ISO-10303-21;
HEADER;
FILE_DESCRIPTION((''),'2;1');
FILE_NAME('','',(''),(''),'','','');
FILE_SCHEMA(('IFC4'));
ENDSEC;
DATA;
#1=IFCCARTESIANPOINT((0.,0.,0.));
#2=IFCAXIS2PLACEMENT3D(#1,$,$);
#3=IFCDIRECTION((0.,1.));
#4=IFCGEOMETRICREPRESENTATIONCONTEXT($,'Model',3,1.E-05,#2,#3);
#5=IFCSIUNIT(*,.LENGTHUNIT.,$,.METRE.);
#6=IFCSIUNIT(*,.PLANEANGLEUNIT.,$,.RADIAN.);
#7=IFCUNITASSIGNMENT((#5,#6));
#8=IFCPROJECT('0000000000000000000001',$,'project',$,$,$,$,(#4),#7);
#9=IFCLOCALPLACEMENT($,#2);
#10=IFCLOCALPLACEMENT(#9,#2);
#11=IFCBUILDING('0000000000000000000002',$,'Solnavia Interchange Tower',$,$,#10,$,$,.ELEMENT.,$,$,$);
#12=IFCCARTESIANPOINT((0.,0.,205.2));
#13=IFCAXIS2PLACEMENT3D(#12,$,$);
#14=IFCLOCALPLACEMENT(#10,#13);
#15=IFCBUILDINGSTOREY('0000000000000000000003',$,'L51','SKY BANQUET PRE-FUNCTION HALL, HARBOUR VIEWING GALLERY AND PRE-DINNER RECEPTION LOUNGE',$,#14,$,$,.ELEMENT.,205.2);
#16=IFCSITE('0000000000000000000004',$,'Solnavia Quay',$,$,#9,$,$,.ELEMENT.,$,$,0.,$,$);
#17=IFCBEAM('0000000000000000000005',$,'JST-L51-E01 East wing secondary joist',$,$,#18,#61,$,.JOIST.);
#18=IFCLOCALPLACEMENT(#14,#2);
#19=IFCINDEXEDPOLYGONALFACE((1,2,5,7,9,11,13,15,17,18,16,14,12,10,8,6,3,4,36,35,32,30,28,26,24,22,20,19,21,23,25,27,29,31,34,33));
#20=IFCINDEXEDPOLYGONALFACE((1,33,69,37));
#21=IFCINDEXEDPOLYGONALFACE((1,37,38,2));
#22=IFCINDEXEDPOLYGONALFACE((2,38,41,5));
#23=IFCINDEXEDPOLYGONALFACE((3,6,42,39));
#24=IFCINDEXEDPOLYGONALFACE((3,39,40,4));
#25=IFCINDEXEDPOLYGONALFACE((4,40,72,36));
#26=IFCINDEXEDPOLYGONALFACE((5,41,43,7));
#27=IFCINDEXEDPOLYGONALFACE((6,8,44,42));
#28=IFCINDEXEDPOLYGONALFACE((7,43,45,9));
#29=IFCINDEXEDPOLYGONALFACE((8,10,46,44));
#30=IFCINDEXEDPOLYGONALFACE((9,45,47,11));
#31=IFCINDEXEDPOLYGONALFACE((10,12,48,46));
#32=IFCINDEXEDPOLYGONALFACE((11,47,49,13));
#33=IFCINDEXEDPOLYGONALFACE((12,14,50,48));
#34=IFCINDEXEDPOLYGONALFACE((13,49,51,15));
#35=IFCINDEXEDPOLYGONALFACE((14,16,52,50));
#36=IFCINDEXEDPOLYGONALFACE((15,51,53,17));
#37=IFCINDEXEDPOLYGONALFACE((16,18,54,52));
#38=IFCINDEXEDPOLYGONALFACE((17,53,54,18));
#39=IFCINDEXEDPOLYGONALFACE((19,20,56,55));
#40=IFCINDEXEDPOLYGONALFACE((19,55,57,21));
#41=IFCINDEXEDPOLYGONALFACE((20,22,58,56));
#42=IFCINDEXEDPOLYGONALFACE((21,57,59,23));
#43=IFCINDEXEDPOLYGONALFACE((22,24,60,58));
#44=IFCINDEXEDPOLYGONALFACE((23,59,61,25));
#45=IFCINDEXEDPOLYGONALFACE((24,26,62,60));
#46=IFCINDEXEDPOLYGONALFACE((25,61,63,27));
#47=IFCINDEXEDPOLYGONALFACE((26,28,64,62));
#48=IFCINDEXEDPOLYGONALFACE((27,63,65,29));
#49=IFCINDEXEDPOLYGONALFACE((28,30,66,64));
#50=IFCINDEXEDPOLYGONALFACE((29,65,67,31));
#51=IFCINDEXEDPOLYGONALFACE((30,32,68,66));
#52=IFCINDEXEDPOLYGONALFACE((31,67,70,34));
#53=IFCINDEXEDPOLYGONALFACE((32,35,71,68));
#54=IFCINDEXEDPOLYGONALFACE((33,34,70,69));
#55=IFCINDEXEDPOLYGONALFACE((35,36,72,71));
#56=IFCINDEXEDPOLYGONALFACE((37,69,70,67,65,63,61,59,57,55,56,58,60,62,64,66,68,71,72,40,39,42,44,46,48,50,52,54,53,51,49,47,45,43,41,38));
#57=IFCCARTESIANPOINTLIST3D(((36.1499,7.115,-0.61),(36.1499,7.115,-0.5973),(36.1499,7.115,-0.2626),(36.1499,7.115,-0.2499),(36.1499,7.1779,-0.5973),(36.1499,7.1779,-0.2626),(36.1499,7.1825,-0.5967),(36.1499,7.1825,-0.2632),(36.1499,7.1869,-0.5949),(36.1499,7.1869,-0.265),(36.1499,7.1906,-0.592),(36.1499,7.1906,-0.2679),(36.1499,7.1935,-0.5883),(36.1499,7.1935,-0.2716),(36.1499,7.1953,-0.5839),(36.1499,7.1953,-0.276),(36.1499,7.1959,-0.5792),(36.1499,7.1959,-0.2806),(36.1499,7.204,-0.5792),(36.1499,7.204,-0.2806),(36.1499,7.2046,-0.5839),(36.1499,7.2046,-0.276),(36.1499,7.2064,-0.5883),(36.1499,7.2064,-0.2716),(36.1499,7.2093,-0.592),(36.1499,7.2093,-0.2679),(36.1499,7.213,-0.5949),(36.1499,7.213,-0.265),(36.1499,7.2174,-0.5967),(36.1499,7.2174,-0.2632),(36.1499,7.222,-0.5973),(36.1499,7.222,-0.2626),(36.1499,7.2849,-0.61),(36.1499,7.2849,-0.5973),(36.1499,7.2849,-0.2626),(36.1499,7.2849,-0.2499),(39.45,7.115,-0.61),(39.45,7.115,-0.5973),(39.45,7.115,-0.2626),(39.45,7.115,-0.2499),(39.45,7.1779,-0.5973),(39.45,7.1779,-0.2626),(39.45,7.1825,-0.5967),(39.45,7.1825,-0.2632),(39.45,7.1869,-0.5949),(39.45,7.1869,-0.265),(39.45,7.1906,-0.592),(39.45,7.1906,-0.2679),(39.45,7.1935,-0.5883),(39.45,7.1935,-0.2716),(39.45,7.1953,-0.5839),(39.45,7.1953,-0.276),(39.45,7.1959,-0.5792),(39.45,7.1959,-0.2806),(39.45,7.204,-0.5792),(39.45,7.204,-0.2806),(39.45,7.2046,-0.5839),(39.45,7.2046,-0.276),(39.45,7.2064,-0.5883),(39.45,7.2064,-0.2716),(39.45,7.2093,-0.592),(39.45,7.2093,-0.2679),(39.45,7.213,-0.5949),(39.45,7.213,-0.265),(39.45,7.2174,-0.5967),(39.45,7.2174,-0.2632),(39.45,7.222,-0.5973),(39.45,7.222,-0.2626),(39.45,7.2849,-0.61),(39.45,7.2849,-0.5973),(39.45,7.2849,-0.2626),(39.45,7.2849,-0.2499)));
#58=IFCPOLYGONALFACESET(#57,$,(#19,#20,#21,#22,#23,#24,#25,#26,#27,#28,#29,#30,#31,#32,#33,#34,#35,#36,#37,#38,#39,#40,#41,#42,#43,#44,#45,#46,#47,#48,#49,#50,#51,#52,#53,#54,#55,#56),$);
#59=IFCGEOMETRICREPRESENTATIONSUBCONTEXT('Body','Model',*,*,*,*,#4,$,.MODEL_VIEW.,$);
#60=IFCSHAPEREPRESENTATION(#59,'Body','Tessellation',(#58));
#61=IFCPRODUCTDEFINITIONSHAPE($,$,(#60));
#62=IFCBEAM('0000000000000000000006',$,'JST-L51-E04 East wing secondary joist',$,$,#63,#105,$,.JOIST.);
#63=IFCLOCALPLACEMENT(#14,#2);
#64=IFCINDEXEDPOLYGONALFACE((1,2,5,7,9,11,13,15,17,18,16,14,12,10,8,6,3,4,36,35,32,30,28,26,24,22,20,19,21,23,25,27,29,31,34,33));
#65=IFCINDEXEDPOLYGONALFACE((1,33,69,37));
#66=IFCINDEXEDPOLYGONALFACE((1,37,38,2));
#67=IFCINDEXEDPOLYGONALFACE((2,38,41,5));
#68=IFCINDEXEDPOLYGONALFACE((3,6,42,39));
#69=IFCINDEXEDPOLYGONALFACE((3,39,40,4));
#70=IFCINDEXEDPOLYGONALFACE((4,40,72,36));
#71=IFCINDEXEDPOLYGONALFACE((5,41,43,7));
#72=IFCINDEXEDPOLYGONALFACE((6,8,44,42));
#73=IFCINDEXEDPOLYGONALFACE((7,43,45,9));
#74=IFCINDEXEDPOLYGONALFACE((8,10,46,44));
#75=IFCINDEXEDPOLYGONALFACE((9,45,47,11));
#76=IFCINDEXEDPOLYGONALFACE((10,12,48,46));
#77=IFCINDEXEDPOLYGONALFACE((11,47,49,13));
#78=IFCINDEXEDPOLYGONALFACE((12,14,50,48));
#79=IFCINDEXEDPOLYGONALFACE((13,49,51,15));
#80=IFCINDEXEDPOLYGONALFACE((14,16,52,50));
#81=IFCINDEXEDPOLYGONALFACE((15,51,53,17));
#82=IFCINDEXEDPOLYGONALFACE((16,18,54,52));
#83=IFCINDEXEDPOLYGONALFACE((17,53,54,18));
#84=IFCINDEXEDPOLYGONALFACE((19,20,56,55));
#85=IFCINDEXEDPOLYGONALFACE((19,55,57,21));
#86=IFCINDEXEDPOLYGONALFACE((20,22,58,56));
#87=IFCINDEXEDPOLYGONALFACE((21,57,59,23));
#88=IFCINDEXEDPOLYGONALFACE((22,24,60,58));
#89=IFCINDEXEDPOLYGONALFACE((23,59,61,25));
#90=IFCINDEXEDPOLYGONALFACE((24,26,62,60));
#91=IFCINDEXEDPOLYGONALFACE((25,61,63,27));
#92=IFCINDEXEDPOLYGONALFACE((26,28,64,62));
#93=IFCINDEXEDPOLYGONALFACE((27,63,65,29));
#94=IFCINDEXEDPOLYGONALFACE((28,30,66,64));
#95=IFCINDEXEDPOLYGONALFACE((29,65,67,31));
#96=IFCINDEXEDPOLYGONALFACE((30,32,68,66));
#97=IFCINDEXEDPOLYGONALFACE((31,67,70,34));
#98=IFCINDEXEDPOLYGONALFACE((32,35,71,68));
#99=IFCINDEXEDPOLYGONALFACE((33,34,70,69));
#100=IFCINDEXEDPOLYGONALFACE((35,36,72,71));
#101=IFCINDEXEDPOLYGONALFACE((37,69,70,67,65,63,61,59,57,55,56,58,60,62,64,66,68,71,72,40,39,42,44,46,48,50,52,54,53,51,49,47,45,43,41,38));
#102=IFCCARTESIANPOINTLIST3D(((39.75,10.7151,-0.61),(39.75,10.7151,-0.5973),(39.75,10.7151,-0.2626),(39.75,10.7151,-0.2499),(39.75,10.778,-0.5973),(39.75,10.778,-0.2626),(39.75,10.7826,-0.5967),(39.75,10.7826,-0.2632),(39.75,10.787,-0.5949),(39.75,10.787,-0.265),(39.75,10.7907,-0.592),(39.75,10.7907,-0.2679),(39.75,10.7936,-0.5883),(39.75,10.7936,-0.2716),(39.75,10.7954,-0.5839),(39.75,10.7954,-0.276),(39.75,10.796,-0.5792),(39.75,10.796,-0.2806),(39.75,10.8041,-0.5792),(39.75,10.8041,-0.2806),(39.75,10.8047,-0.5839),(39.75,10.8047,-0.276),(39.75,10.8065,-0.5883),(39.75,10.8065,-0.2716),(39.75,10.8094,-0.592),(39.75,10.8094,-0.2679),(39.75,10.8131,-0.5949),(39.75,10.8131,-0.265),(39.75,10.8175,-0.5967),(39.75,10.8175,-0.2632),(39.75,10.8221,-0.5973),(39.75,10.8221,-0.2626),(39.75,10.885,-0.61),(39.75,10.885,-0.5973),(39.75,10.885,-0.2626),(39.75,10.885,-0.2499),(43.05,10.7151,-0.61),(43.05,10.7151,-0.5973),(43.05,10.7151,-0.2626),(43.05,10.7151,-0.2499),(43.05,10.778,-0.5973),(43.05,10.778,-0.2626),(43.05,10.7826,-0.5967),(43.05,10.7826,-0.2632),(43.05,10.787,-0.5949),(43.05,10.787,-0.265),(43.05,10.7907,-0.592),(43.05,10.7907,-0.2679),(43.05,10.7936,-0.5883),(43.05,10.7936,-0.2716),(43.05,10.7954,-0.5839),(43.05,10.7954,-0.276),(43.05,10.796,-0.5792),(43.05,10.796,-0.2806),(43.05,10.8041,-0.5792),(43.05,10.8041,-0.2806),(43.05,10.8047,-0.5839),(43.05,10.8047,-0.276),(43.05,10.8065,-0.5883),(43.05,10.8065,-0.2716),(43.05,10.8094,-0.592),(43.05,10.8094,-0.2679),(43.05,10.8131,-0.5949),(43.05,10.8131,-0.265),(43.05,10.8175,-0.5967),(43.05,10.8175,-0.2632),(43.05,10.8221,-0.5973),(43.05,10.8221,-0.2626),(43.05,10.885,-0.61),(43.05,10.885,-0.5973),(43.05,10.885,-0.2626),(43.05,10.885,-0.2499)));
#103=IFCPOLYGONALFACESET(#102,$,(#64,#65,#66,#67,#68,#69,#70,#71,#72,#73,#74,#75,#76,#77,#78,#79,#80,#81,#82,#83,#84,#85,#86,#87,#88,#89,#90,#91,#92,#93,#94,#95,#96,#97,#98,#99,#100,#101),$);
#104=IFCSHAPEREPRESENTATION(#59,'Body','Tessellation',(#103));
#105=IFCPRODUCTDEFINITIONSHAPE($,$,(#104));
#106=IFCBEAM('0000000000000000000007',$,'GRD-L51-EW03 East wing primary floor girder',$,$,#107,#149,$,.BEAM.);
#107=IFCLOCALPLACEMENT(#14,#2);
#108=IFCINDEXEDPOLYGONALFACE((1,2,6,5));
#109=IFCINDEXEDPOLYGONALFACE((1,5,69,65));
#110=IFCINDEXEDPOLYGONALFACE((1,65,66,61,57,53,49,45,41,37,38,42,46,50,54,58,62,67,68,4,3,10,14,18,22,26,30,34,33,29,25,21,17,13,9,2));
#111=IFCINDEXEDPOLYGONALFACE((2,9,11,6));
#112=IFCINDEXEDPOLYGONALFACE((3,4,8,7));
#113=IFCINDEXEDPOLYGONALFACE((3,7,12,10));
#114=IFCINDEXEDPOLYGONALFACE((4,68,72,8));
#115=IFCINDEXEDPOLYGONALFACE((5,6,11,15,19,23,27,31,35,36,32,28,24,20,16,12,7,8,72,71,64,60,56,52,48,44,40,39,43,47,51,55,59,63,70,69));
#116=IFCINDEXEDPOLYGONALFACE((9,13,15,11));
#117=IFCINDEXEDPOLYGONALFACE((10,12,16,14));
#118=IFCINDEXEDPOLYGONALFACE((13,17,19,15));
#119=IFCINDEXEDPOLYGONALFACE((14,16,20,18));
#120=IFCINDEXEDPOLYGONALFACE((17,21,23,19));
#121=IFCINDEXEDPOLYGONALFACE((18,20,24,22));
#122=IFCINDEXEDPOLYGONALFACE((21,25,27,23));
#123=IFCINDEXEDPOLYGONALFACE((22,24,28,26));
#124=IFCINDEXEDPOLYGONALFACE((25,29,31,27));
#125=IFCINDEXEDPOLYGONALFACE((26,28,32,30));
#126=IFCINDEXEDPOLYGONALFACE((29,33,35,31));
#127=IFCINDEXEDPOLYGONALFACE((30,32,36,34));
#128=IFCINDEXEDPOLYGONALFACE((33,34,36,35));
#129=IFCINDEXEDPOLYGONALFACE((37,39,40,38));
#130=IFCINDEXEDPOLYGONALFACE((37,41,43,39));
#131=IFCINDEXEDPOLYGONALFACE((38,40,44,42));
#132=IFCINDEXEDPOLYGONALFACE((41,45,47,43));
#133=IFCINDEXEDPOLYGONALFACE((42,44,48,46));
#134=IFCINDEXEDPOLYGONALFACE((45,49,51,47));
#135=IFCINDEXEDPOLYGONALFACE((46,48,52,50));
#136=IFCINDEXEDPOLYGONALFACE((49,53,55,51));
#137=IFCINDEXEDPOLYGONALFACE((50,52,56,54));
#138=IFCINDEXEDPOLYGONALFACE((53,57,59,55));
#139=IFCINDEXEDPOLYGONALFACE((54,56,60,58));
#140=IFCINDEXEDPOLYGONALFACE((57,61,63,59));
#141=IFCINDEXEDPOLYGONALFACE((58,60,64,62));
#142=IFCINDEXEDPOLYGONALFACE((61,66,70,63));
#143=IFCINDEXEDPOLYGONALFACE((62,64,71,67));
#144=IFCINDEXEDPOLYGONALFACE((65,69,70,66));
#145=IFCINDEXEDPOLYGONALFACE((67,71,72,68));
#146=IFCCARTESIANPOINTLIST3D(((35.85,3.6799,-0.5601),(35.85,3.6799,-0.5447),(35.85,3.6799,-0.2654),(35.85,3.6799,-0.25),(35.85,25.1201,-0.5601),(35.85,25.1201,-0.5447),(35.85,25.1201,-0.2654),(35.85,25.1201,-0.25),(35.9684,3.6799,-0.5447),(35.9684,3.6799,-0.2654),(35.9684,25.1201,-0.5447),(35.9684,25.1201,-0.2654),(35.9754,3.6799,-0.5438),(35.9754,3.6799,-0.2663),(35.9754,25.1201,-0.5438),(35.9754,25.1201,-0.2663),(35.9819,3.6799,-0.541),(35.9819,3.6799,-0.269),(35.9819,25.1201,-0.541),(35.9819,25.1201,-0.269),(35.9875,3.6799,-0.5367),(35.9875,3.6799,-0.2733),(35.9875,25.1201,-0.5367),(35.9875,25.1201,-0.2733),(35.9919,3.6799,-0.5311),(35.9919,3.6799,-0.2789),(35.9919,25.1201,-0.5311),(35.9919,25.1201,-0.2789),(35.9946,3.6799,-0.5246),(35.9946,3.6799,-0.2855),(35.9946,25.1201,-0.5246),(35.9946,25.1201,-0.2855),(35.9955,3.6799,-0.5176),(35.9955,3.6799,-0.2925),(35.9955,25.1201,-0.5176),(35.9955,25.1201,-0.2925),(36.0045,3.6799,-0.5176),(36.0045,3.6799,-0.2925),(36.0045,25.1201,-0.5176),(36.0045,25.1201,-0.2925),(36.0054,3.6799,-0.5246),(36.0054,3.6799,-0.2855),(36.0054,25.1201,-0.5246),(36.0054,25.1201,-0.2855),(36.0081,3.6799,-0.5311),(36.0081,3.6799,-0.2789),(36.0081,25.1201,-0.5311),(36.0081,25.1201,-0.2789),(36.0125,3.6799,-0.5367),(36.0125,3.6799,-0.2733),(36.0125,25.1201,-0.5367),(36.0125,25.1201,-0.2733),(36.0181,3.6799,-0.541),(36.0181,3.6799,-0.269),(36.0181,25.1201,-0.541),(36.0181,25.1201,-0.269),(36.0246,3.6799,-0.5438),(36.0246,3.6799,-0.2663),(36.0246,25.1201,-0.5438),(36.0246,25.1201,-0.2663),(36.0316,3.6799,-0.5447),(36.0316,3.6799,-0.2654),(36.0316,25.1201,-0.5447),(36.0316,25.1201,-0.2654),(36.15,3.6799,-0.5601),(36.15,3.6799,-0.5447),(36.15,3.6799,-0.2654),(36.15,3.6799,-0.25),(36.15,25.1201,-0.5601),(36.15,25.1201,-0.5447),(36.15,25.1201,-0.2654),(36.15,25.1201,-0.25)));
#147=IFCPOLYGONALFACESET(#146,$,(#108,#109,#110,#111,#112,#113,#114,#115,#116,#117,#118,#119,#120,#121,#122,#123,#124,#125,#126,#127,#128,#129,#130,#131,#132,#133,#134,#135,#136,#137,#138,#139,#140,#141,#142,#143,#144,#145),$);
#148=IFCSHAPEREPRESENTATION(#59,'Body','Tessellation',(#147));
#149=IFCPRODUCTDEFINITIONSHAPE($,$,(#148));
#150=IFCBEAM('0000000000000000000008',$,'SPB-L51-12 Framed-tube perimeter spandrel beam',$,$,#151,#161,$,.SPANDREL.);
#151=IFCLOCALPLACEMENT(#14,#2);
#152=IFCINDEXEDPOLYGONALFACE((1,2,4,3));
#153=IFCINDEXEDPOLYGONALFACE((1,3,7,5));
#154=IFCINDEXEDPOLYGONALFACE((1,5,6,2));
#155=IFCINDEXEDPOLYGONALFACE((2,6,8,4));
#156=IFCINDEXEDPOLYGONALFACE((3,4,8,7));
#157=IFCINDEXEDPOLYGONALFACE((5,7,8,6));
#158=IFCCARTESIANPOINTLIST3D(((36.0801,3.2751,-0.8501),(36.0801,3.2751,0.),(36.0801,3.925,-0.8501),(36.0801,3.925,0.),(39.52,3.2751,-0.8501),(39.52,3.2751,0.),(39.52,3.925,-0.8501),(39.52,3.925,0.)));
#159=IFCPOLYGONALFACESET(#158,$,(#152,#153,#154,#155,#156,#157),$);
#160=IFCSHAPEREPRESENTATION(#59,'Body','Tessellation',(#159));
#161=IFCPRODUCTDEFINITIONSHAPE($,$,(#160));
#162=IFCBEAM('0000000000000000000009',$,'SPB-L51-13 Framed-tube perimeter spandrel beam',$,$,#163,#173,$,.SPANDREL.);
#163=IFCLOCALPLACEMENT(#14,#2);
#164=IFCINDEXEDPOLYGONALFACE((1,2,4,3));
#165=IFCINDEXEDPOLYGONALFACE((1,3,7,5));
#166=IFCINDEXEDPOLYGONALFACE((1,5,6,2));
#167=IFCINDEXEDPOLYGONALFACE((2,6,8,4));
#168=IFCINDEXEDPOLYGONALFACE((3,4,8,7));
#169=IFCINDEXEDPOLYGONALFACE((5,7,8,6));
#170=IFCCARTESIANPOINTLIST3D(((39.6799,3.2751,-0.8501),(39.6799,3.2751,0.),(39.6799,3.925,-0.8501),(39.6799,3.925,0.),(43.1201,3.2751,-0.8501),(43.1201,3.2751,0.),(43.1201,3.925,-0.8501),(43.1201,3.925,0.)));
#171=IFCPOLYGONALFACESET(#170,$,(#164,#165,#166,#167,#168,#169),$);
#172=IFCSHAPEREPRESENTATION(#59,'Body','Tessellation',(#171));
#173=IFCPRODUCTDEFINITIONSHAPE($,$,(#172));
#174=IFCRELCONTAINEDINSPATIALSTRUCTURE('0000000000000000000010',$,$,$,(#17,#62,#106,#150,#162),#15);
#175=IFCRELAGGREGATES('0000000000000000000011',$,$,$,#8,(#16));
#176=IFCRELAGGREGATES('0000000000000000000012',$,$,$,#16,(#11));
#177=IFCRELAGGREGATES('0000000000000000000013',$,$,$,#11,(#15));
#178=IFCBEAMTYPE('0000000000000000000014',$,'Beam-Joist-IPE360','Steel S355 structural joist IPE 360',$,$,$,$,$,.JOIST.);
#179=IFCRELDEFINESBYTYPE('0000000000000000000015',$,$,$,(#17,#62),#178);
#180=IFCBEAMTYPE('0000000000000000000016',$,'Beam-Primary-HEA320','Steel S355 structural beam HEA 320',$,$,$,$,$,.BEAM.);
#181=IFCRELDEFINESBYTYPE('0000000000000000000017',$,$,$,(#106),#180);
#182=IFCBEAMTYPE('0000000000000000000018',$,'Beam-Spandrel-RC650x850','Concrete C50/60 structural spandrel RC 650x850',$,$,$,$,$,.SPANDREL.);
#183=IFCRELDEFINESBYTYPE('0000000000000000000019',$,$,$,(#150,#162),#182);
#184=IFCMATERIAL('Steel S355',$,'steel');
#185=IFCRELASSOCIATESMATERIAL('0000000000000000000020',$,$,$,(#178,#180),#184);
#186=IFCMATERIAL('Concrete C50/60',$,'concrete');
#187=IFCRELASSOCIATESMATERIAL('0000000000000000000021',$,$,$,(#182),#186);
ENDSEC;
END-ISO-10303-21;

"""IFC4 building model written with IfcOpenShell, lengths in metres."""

from ifc_helpers import new_model, si_unit, direction, frame, origin, origin_2d, place, context, subcontext, project, spatial, rectangle, i_section, extrude, material, material_profile, profile_set, type_object, element, save


model = new_model("IFC4")

# Units and contexts
model_context = context("Model", 3, precision=1e-05, world=origin(), true_north=direction((0.0, 1.0)))
body_context = subcontext(model_context, "Body", "Model", "MODEL_VIEW")
ifc_project = project(units=[si_unit("LENGTHUNIT", "METRE"), si_unit("PLANEANGLEUNIT", "RADIAN")], contexts=[model_context])

# Site, building, storey
site_placement = place(None, origin())
site = spatial("IfcSite", under=ifc_project, at=site_placement, Name="Solnavia Quay", CompositionType="ELEMENT", RefElevation=0.0)
building_placement = place(site_placement, origin())
building = spatial("IfcBuilding", under=site, at=building_placement, Name="Solnavia Interchange Tower", CompositionType="ELEMENT")
storey_placement = place(building_placement, frame((0.0, 0.0, 205.2)))
storey = spatial("IfcBuildingStorey", under=building, at=storey_placement, Name="L51", Description="SKY BANQUET PRE-FUNCTION HALL, HARBOUR VIEWING GALLERY AND PRE-DINNER RECEPTION LOUNGE", CompositionType="ELEMENT", Elevation=205.2)

# Shared definitions
ifc_material_1 = material(Name="Concrete C50/60", Category="concrete")

# Beams
ifc_material_2 = material(Name="Steel S355", Category="steel")
ifc_material_profile_1 = material_profile(ifc_material_2, i_section(OverallWidth=0.1699, OverallDepth=0.3601, WebThickness=0.0081, FlangeThickness=0.0127, FilletRadius=0.0181, at=origin_2d()), Name="IPE 360")
ifc_profile_set_1 = profile_set([ifc_material_profile_1], Name="Steel S355")
beam_type_1 = type_object("IfcBeamType", Name="Beam-Joist-IPE360", Description="Steel S355 structural joist IPE 360", PredefinedType="JOIST", material=ifc_profile_set_1)
for number, where, z_axis, x_axis, name in (
    (1, (36.1499, 7.2, -0.4299), (1.0, 0.0, 0.0), (0.0, 1.0, 0.0), "JST-L51-E01 East wing secondary joist"),
    (2, (39.75, 10.8, -0.4299), (1.0, 0.0, 0.0), (0.0, 1.0, 0.0), "JST-L51-E04 East wing secondary joist"),
):
    element("IfcBeam", number, at=place(storey_placement, frame(where, z_axis=z_axis, x_axis=x_axis)), inside=storey, type_object=beam_type_1, Name=name, PredefinedType="JOIST", context=body_context, shape_type="SweptSolid", body=[
        extrude(i_section(OverallWidth=0.1699, OverallDepth=0.3601, WebThickness=0.0081, FlangeThickness=0.0127, FilletRadius=0.0181, at=origin_2d()), origin(), (0.0, 0.0, 1.0), 3.3),
    ])
ifc_material_profile_2 = material_profile(ifc_material_2, i_section(OverallWidth=0.3, OverallDepth=0.3101, WebThickness=0.009, FlangeThickness=0.0154, FilletRadius=0.0271, at=origin_2d()), Name="HEA 320")
ifc_profile_set_2 = profile_set([ifc_material_profile_2], Name="Steel S355")
beam_type_2 = type_object("IfcBeamType", Name="Beam-Primary-HEA320", Description="Steel S355 structural beam HEA 320", PredefinedType="BEAM", material=ifc_profile_set_2)
beam_1_placement = place(storey_placement, frame((36.0, 3.6799, -0.405), z_axis=(0.0, 1.0, 0.0), x_axis=(-1.0, 0.0, 0.0)))
element("IfcBeam", 3, at=beam_1_placement, inside=storey, type_object=beam_type_2, Name="GRD-L51-EW03 East wing primary floor girder", PredefinedType="BEAM", context=body_context, shape_type="SweptSolid", body=[
    extrude(i_section(OverallWidth=0.3, OverallDepth=0.3101, WebThickness=0.009, FlangeThickness=0.0154, FilletRadius=0.0271, at=origin_2d()), origin(), (0.0, 0.0, 1.0), 21.4402),
])
ifc_material_profile_3 = material_profile(ifc_material_1, rectangle(XDim=0.6499, YDim=0.8501, at=origin_2d()), Name="RC 650x850")
ifc_profile_set_3 = profile_set([ifc_material_profile_3], Name="Concrete C50/60")
beam_type_3 = type_object("IfcBeamType", Name="Beam-Spandrel-RC650x850", Description="Concrete C50/60 structural spandrel RC 650x850", PredefinedType="SPANDREL", material=ifc_profile_set_3)
beam_2_placement = place(storey_placement, frame((36.0801, 3.6001, -0.425), z_axis=(1.0, 0.0, 0.0), x_axis=(0.0, 1.0, 0.0)))
element("IfcBeam", 4, at=beam_2_placement, inside=storey, type_object=beam_type_3, Name="SPB-L51-12 Framed-tube perimeter spandrel beam", PredefinedType="SPANDREL", context=body_context, shape_type="SweptSolid", body=[
    extrude(rectangle(XDim=0.6499, YDim=0.8501, at=origin_2d()), origin(), (0.0, 0.0, 1.0), 3.4399),
])
beam_3_placement = place(storey_placement, frame((39.6799, 3.6001, -0.425), z_axis=(1.0, 0.0, 0.0), x_axis=(0.0, 1.0, 0.0)))
element("IfcBeam", 5, at=beam_3_placement, inside=storey, type_object=beam_type_3, Name="SPB-L51-13 Framed-tube perimeter spandrel beam", PredefinedType="SPANDREL", context=body_context, shape_type="SweptSolid", body=[
    extrude(rectangle(XDim=0.6499, YDim=0.8501, at=origin_2d()), origin(), (0.0, 0.0, 1.0), 3.4402),
])

save(model, "model.ifc")
